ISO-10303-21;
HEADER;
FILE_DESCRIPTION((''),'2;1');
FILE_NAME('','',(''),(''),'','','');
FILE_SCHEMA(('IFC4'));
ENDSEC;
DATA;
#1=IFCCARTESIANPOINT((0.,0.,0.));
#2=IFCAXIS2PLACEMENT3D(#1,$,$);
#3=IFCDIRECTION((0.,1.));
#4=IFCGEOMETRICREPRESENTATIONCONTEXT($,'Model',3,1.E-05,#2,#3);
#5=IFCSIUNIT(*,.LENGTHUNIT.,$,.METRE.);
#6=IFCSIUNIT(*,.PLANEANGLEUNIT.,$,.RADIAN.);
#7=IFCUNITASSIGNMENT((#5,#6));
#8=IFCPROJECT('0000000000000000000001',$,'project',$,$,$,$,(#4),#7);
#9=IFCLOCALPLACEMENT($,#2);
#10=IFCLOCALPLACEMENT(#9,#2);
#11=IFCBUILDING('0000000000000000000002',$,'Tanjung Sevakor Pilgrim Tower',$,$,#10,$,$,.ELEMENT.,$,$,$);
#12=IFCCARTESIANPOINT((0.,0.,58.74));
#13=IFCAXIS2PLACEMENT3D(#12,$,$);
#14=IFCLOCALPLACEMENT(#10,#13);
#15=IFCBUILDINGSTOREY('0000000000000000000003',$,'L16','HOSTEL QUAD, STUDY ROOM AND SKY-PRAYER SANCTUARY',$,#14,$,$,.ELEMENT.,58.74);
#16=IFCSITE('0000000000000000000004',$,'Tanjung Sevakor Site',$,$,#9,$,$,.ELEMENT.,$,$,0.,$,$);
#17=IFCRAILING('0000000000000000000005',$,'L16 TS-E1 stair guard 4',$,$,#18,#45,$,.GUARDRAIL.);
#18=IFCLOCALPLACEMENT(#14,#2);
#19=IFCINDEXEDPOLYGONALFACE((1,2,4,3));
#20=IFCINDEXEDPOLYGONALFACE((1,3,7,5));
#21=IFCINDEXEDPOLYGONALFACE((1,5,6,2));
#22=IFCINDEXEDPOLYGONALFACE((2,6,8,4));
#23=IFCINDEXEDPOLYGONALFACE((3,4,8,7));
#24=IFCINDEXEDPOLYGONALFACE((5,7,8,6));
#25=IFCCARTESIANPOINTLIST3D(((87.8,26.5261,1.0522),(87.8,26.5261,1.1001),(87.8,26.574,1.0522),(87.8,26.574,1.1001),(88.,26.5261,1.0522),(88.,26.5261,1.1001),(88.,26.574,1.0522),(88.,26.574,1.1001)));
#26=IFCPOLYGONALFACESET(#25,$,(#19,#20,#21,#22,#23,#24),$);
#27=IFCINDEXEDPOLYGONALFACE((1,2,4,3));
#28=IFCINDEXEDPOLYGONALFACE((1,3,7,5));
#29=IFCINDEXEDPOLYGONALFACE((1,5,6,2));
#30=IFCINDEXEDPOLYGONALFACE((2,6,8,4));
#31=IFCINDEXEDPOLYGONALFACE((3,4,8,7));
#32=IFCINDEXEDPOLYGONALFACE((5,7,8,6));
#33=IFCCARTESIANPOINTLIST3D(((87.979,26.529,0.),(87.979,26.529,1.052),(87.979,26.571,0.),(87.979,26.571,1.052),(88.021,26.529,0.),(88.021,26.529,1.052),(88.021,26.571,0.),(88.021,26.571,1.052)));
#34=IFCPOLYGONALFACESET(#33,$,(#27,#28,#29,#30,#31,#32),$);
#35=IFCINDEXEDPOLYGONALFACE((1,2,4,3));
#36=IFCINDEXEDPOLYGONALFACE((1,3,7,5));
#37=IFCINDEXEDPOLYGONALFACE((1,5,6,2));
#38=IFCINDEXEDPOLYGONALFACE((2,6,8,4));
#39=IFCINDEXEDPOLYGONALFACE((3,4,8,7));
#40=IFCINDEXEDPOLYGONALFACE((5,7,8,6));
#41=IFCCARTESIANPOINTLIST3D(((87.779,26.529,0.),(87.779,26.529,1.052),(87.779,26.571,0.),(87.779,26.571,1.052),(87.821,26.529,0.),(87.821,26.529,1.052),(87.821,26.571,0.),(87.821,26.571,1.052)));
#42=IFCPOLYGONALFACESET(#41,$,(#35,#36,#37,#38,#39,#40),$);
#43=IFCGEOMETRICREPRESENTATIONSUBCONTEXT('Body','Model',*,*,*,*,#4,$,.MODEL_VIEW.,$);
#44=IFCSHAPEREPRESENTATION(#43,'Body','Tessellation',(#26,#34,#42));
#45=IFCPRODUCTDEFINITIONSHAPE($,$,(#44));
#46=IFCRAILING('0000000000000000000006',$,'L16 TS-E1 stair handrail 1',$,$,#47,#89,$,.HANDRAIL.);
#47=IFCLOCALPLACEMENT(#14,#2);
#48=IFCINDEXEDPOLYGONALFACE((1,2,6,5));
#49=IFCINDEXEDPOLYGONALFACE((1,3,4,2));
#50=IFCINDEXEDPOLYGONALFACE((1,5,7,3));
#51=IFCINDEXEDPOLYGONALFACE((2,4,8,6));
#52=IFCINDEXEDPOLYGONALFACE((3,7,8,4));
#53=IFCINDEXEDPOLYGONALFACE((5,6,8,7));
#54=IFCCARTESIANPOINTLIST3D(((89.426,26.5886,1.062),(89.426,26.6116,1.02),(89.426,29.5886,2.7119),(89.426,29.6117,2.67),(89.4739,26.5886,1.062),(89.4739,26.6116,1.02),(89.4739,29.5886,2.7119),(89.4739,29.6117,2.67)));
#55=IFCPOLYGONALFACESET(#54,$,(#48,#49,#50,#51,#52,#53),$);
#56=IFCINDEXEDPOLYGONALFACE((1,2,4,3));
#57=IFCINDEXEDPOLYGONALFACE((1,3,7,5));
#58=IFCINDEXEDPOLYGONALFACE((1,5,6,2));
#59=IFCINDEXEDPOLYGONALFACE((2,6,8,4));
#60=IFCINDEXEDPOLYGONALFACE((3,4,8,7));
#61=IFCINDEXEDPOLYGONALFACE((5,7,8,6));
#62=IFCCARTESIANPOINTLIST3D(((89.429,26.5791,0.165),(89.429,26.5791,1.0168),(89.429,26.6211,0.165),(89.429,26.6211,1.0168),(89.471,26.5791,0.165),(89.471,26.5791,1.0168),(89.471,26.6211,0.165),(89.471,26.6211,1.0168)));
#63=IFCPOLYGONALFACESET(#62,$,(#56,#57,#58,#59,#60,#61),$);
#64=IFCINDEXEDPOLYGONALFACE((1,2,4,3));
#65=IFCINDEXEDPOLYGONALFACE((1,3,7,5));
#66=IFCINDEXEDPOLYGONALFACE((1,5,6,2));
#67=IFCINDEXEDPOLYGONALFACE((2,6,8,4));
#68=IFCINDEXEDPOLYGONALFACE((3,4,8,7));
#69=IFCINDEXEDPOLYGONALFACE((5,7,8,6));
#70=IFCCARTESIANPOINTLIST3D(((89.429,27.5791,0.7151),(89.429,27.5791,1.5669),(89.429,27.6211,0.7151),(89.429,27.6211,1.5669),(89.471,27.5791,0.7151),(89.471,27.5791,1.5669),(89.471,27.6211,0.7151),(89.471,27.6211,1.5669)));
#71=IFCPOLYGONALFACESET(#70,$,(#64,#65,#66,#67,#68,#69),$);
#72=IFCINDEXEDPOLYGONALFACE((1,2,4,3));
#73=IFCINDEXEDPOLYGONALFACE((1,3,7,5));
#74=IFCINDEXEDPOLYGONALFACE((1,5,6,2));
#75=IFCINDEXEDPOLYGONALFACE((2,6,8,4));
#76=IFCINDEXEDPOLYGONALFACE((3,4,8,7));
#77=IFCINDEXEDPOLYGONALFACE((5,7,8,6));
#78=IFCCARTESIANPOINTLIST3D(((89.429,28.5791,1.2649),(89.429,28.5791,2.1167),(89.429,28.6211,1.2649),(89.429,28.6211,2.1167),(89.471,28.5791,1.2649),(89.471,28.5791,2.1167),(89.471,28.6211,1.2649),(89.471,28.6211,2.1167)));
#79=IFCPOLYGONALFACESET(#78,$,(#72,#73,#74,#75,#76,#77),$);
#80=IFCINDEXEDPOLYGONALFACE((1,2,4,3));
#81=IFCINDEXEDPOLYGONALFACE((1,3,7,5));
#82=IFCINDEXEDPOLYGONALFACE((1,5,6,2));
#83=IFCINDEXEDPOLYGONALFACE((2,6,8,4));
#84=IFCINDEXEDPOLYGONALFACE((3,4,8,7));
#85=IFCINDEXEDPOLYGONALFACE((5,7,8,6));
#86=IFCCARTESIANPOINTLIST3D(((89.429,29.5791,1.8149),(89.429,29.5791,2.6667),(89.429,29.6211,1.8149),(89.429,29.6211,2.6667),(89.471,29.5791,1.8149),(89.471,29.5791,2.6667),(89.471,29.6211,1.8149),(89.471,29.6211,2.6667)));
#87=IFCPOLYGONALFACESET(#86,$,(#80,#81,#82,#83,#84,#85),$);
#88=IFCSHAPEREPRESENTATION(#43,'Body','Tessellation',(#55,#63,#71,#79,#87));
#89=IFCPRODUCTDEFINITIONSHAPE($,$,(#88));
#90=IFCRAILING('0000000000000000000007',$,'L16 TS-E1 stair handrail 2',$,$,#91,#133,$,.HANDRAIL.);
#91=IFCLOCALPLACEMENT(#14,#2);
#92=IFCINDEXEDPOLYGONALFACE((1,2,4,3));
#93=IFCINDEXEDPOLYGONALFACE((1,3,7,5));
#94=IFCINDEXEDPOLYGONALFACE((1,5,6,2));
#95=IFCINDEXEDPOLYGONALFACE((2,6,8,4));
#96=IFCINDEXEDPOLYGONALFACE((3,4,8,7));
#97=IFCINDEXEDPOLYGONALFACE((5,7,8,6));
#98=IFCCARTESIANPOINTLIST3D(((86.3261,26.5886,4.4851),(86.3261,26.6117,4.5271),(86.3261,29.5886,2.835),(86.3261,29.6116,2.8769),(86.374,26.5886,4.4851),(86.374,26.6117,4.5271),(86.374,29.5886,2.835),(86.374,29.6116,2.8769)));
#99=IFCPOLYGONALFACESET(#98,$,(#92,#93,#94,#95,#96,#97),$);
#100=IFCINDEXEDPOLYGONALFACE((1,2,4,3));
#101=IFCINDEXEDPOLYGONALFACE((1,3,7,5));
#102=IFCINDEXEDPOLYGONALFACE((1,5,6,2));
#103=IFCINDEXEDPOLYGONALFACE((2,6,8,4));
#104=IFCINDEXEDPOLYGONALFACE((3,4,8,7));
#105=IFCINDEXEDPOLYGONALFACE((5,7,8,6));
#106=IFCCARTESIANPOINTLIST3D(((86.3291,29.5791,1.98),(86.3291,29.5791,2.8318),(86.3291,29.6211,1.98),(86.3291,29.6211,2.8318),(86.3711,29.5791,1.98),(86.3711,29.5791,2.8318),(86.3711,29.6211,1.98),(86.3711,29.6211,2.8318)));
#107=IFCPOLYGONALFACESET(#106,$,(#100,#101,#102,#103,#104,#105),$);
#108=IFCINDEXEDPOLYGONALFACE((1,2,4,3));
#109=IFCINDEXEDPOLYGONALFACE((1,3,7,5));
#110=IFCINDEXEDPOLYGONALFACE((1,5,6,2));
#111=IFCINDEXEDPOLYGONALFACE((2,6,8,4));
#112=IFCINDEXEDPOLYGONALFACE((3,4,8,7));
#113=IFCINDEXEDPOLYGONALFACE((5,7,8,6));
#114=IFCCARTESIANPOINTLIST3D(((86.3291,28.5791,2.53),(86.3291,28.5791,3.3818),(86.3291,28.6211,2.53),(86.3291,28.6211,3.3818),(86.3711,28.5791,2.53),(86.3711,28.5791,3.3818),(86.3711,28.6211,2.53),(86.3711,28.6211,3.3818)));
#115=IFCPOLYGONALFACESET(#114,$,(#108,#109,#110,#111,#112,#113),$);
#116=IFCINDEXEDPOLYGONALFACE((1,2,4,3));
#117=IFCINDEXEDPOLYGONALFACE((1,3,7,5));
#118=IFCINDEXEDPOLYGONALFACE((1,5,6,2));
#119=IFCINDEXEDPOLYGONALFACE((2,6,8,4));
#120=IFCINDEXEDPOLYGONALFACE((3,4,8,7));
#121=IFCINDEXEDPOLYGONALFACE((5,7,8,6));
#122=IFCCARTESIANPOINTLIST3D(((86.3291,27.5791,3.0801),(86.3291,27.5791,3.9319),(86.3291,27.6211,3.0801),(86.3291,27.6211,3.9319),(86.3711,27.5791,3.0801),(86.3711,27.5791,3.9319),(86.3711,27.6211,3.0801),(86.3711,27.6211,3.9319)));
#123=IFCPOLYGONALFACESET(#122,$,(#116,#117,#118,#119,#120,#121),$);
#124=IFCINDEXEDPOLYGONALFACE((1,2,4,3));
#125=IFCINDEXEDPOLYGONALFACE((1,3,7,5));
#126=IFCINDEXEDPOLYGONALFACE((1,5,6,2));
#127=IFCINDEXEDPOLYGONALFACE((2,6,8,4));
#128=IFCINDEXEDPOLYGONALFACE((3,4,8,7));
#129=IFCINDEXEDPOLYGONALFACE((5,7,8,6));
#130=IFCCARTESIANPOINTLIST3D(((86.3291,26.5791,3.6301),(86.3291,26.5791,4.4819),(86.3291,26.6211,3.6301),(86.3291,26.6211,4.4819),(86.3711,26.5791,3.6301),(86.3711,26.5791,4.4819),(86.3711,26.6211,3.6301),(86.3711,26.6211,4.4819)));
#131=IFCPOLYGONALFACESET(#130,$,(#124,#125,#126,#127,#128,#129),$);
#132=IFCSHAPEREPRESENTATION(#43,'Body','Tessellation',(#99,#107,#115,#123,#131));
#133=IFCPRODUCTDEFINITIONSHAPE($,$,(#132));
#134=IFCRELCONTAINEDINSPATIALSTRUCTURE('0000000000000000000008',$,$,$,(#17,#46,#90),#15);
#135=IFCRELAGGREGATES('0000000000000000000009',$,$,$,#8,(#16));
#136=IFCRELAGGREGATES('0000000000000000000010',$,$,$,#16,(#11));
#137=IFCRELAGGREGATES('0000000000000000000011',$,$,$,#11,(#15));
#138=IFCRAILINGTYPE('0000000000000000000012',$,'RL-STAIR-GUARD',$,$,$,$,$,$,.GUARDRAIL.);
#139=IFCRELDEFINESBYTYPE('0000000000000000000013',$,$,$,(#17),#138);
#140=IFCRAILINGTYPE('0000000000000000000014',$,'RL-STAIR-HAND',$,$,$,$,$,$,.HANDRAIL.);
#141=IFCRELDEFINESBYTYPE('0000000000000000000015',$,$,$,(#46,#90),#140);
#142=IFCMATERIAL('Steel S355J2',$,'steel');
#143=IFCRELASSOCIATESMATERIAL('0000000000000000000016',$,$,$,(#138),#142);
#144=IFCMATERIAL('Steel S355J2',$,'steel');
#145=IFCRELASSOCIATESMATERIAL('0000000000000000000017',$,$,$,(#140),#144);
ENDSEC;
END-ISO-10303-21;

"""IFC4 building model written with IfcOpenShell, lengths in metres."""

from ifc_helpers import new_model, si_unit, direction, frame, origin, place, context, subcontext, project, spatial, rectangle, extrude, material, type_object, element, save


model = new_model("IFC4")

# Units and contexts
model_context = context("Model", 3, precision=1e-05, world=origin(), true_north=direction((0.0, 1.0)))
body_context = subcontext(model_context, "Body", "Model", "MODEL_VIEW")
ifc_project = project(units=[si_unit("LENGTHUNIT", "METRE"), si_unit("PLANEANGLEUNIT", "RADIAN")], contexts=[model_context])

# Site, building, storey
site_placement = place(None, origin())
site = spatial("IfcSite", under=ifc_project, at=site_placement, Name="Tanjung Sevakor Site", CompositionType="ELEMENT", RefElevation=0.0)
building_placement = place(site_placement, origin())
building = spatial("IfcBuilding", under=site, at=building_placement, Name="Tanjung Sevakor Pilgrim Tower", CompositionType="ELEMENT")
storey_placement = place(building_placement, frame((0.0, 0.0, 58.74)))
storey = spatial("IfcBuildingStorey", under=building, at=storey_placement, Name="L16", Description="HOSTEL QUAD, STUDY ROOM AND SKY-PRAYER SANCTUARY", CompositionType="ELEMENT", Elevation=58.74)

# Railings
ifc_material_1 = material(Name="Steel S355J2", Category="steel")
railing_type_1 = type_object("IfcRailingType", Name="RL-STAIR-GUARD", PredefinedType="GUARDRAIL", material=ifc_material_1)
railing_1_placement = place(storey_placement, frame((88.0, 26.55, 0.0)))
element("IfcRailing", 1, at=railing_1_placement, inside=storey, type_object=railing_type_1, Name="L16 TS-E1 stair guard 4", PredefinedType="GUARDRAIL", context=body_context, shape_type="SweptSolid", body=[
    extrude(rectangle(XDim=0.0479, YDim=0.0479), frame((0.0, 0.0, 1.0762), z_axis=(-1.0, 0.0, 0.0), x_axis=(0.0, -1.0, 0.0)), (0.0, 0.0, 1.0), 0.2),
    extrude(rectangle(XDim=0.042, YDim=0.042), origin(), (0.0, 0.0, 1.0), 1.052),
    extrude(rectangle(XDim=0.042, YDim=0.042), frame((-0.2, 0.0, 0.0)), (0.0, 0.0, 1.0), 1.052),
])
ifc_material_2 = material(Name="Steel S355J2", Category="steel")
railing_type_2 = type_object("IfcRailingType", Name="RL-STAIR-HAND", PredefinedType="HANDRAIL", material=ifc_material_2)
railing_2_placement = place(storey_placement, frame((89.45, 26.6001, 0.165)))
element("IfcRailing", 2, at=railing_2_placement, inside=storey, type_object=railing_type_2, Name="L16 TS-E1 stair handrail 1", PredefinedType="HANDRAIL", context=body_context, shape_type="SweptSolid", body=[
    extrude(rectangle(XDim=0.0479, YDim=0.0479), frame((0.0, 0.0, 0.876), z_axis=(0.0, 0.876228, 0.481897), x_axis=(-1.0, 0.0, 0.0)), (0.0, 0.0, 1.0), 3.4238),
    extrude(rectangle(XDim=0.042, YDim=0.042), origin(), (0.0, 0.0, 1.0), 0.8518),
    extrude(rectangle(XDim=0.042, YDim=0.042), frame((0.0, 1.0, 0.55)), (0.0, 0.0, 1.0), 0.8518),
    extrude(rectangle(XDim=0.042, YDim=0.042), frame((0.0, 2.0, 1.0999)), (0.0, 0.0, 1.0), 0.8518),
    extrude(rectangle(XDim=0.042, YDim=0.042), frame((0.0, 3.0, 1.6499)), (0.0, 0.0, 1.0), 0.8518),
])
railing_3_placement = place(storey_placement, frame((86.3501, 29.6001, 1.98)))
element("IfcRailing", 3, at=railing_3_placement, inside=storey, type_object=railing_type_2, Name="L16 TS-E1 stair handrail 2", PredefinedType="HANDRAIL", context=body_context, shape_type="SweptSolid", body=[
    extrude(rectangle(XDim=0.0479, YDim=0.0479), frame((0.0, 0.0, 0.876), z_axis=(0.0, -0.876198, 0.481952), x_axis=(1.0, 0.0, 0.0)), (0.0, 0.0, 1.0), 3.4238),
    extrude(rectangle(XDim=0.042, YDim=0.042), origin(), (0.0, 0.0, 1.0), 0.8518),
    extrude(rectangle(XDim=0.042, YDim=0.042), frame((0.0, -1.0, 0.55)), (0.0, 0.0, 1.0), 0.8518),
    extrude(rectangle(XDim=0.042, YDim=0.042), frame((0.0, -2.0, 1.1001)), (0.0, 0.0, 1.0), 0.8518),
    extrude(rectangle(XDim=0.042, YDim=0.042), frame((0.0, -3.0, 1.6501)), (0.0, 0.0, 1.0), 0.8518),
])

save(model, "model.ifc")
